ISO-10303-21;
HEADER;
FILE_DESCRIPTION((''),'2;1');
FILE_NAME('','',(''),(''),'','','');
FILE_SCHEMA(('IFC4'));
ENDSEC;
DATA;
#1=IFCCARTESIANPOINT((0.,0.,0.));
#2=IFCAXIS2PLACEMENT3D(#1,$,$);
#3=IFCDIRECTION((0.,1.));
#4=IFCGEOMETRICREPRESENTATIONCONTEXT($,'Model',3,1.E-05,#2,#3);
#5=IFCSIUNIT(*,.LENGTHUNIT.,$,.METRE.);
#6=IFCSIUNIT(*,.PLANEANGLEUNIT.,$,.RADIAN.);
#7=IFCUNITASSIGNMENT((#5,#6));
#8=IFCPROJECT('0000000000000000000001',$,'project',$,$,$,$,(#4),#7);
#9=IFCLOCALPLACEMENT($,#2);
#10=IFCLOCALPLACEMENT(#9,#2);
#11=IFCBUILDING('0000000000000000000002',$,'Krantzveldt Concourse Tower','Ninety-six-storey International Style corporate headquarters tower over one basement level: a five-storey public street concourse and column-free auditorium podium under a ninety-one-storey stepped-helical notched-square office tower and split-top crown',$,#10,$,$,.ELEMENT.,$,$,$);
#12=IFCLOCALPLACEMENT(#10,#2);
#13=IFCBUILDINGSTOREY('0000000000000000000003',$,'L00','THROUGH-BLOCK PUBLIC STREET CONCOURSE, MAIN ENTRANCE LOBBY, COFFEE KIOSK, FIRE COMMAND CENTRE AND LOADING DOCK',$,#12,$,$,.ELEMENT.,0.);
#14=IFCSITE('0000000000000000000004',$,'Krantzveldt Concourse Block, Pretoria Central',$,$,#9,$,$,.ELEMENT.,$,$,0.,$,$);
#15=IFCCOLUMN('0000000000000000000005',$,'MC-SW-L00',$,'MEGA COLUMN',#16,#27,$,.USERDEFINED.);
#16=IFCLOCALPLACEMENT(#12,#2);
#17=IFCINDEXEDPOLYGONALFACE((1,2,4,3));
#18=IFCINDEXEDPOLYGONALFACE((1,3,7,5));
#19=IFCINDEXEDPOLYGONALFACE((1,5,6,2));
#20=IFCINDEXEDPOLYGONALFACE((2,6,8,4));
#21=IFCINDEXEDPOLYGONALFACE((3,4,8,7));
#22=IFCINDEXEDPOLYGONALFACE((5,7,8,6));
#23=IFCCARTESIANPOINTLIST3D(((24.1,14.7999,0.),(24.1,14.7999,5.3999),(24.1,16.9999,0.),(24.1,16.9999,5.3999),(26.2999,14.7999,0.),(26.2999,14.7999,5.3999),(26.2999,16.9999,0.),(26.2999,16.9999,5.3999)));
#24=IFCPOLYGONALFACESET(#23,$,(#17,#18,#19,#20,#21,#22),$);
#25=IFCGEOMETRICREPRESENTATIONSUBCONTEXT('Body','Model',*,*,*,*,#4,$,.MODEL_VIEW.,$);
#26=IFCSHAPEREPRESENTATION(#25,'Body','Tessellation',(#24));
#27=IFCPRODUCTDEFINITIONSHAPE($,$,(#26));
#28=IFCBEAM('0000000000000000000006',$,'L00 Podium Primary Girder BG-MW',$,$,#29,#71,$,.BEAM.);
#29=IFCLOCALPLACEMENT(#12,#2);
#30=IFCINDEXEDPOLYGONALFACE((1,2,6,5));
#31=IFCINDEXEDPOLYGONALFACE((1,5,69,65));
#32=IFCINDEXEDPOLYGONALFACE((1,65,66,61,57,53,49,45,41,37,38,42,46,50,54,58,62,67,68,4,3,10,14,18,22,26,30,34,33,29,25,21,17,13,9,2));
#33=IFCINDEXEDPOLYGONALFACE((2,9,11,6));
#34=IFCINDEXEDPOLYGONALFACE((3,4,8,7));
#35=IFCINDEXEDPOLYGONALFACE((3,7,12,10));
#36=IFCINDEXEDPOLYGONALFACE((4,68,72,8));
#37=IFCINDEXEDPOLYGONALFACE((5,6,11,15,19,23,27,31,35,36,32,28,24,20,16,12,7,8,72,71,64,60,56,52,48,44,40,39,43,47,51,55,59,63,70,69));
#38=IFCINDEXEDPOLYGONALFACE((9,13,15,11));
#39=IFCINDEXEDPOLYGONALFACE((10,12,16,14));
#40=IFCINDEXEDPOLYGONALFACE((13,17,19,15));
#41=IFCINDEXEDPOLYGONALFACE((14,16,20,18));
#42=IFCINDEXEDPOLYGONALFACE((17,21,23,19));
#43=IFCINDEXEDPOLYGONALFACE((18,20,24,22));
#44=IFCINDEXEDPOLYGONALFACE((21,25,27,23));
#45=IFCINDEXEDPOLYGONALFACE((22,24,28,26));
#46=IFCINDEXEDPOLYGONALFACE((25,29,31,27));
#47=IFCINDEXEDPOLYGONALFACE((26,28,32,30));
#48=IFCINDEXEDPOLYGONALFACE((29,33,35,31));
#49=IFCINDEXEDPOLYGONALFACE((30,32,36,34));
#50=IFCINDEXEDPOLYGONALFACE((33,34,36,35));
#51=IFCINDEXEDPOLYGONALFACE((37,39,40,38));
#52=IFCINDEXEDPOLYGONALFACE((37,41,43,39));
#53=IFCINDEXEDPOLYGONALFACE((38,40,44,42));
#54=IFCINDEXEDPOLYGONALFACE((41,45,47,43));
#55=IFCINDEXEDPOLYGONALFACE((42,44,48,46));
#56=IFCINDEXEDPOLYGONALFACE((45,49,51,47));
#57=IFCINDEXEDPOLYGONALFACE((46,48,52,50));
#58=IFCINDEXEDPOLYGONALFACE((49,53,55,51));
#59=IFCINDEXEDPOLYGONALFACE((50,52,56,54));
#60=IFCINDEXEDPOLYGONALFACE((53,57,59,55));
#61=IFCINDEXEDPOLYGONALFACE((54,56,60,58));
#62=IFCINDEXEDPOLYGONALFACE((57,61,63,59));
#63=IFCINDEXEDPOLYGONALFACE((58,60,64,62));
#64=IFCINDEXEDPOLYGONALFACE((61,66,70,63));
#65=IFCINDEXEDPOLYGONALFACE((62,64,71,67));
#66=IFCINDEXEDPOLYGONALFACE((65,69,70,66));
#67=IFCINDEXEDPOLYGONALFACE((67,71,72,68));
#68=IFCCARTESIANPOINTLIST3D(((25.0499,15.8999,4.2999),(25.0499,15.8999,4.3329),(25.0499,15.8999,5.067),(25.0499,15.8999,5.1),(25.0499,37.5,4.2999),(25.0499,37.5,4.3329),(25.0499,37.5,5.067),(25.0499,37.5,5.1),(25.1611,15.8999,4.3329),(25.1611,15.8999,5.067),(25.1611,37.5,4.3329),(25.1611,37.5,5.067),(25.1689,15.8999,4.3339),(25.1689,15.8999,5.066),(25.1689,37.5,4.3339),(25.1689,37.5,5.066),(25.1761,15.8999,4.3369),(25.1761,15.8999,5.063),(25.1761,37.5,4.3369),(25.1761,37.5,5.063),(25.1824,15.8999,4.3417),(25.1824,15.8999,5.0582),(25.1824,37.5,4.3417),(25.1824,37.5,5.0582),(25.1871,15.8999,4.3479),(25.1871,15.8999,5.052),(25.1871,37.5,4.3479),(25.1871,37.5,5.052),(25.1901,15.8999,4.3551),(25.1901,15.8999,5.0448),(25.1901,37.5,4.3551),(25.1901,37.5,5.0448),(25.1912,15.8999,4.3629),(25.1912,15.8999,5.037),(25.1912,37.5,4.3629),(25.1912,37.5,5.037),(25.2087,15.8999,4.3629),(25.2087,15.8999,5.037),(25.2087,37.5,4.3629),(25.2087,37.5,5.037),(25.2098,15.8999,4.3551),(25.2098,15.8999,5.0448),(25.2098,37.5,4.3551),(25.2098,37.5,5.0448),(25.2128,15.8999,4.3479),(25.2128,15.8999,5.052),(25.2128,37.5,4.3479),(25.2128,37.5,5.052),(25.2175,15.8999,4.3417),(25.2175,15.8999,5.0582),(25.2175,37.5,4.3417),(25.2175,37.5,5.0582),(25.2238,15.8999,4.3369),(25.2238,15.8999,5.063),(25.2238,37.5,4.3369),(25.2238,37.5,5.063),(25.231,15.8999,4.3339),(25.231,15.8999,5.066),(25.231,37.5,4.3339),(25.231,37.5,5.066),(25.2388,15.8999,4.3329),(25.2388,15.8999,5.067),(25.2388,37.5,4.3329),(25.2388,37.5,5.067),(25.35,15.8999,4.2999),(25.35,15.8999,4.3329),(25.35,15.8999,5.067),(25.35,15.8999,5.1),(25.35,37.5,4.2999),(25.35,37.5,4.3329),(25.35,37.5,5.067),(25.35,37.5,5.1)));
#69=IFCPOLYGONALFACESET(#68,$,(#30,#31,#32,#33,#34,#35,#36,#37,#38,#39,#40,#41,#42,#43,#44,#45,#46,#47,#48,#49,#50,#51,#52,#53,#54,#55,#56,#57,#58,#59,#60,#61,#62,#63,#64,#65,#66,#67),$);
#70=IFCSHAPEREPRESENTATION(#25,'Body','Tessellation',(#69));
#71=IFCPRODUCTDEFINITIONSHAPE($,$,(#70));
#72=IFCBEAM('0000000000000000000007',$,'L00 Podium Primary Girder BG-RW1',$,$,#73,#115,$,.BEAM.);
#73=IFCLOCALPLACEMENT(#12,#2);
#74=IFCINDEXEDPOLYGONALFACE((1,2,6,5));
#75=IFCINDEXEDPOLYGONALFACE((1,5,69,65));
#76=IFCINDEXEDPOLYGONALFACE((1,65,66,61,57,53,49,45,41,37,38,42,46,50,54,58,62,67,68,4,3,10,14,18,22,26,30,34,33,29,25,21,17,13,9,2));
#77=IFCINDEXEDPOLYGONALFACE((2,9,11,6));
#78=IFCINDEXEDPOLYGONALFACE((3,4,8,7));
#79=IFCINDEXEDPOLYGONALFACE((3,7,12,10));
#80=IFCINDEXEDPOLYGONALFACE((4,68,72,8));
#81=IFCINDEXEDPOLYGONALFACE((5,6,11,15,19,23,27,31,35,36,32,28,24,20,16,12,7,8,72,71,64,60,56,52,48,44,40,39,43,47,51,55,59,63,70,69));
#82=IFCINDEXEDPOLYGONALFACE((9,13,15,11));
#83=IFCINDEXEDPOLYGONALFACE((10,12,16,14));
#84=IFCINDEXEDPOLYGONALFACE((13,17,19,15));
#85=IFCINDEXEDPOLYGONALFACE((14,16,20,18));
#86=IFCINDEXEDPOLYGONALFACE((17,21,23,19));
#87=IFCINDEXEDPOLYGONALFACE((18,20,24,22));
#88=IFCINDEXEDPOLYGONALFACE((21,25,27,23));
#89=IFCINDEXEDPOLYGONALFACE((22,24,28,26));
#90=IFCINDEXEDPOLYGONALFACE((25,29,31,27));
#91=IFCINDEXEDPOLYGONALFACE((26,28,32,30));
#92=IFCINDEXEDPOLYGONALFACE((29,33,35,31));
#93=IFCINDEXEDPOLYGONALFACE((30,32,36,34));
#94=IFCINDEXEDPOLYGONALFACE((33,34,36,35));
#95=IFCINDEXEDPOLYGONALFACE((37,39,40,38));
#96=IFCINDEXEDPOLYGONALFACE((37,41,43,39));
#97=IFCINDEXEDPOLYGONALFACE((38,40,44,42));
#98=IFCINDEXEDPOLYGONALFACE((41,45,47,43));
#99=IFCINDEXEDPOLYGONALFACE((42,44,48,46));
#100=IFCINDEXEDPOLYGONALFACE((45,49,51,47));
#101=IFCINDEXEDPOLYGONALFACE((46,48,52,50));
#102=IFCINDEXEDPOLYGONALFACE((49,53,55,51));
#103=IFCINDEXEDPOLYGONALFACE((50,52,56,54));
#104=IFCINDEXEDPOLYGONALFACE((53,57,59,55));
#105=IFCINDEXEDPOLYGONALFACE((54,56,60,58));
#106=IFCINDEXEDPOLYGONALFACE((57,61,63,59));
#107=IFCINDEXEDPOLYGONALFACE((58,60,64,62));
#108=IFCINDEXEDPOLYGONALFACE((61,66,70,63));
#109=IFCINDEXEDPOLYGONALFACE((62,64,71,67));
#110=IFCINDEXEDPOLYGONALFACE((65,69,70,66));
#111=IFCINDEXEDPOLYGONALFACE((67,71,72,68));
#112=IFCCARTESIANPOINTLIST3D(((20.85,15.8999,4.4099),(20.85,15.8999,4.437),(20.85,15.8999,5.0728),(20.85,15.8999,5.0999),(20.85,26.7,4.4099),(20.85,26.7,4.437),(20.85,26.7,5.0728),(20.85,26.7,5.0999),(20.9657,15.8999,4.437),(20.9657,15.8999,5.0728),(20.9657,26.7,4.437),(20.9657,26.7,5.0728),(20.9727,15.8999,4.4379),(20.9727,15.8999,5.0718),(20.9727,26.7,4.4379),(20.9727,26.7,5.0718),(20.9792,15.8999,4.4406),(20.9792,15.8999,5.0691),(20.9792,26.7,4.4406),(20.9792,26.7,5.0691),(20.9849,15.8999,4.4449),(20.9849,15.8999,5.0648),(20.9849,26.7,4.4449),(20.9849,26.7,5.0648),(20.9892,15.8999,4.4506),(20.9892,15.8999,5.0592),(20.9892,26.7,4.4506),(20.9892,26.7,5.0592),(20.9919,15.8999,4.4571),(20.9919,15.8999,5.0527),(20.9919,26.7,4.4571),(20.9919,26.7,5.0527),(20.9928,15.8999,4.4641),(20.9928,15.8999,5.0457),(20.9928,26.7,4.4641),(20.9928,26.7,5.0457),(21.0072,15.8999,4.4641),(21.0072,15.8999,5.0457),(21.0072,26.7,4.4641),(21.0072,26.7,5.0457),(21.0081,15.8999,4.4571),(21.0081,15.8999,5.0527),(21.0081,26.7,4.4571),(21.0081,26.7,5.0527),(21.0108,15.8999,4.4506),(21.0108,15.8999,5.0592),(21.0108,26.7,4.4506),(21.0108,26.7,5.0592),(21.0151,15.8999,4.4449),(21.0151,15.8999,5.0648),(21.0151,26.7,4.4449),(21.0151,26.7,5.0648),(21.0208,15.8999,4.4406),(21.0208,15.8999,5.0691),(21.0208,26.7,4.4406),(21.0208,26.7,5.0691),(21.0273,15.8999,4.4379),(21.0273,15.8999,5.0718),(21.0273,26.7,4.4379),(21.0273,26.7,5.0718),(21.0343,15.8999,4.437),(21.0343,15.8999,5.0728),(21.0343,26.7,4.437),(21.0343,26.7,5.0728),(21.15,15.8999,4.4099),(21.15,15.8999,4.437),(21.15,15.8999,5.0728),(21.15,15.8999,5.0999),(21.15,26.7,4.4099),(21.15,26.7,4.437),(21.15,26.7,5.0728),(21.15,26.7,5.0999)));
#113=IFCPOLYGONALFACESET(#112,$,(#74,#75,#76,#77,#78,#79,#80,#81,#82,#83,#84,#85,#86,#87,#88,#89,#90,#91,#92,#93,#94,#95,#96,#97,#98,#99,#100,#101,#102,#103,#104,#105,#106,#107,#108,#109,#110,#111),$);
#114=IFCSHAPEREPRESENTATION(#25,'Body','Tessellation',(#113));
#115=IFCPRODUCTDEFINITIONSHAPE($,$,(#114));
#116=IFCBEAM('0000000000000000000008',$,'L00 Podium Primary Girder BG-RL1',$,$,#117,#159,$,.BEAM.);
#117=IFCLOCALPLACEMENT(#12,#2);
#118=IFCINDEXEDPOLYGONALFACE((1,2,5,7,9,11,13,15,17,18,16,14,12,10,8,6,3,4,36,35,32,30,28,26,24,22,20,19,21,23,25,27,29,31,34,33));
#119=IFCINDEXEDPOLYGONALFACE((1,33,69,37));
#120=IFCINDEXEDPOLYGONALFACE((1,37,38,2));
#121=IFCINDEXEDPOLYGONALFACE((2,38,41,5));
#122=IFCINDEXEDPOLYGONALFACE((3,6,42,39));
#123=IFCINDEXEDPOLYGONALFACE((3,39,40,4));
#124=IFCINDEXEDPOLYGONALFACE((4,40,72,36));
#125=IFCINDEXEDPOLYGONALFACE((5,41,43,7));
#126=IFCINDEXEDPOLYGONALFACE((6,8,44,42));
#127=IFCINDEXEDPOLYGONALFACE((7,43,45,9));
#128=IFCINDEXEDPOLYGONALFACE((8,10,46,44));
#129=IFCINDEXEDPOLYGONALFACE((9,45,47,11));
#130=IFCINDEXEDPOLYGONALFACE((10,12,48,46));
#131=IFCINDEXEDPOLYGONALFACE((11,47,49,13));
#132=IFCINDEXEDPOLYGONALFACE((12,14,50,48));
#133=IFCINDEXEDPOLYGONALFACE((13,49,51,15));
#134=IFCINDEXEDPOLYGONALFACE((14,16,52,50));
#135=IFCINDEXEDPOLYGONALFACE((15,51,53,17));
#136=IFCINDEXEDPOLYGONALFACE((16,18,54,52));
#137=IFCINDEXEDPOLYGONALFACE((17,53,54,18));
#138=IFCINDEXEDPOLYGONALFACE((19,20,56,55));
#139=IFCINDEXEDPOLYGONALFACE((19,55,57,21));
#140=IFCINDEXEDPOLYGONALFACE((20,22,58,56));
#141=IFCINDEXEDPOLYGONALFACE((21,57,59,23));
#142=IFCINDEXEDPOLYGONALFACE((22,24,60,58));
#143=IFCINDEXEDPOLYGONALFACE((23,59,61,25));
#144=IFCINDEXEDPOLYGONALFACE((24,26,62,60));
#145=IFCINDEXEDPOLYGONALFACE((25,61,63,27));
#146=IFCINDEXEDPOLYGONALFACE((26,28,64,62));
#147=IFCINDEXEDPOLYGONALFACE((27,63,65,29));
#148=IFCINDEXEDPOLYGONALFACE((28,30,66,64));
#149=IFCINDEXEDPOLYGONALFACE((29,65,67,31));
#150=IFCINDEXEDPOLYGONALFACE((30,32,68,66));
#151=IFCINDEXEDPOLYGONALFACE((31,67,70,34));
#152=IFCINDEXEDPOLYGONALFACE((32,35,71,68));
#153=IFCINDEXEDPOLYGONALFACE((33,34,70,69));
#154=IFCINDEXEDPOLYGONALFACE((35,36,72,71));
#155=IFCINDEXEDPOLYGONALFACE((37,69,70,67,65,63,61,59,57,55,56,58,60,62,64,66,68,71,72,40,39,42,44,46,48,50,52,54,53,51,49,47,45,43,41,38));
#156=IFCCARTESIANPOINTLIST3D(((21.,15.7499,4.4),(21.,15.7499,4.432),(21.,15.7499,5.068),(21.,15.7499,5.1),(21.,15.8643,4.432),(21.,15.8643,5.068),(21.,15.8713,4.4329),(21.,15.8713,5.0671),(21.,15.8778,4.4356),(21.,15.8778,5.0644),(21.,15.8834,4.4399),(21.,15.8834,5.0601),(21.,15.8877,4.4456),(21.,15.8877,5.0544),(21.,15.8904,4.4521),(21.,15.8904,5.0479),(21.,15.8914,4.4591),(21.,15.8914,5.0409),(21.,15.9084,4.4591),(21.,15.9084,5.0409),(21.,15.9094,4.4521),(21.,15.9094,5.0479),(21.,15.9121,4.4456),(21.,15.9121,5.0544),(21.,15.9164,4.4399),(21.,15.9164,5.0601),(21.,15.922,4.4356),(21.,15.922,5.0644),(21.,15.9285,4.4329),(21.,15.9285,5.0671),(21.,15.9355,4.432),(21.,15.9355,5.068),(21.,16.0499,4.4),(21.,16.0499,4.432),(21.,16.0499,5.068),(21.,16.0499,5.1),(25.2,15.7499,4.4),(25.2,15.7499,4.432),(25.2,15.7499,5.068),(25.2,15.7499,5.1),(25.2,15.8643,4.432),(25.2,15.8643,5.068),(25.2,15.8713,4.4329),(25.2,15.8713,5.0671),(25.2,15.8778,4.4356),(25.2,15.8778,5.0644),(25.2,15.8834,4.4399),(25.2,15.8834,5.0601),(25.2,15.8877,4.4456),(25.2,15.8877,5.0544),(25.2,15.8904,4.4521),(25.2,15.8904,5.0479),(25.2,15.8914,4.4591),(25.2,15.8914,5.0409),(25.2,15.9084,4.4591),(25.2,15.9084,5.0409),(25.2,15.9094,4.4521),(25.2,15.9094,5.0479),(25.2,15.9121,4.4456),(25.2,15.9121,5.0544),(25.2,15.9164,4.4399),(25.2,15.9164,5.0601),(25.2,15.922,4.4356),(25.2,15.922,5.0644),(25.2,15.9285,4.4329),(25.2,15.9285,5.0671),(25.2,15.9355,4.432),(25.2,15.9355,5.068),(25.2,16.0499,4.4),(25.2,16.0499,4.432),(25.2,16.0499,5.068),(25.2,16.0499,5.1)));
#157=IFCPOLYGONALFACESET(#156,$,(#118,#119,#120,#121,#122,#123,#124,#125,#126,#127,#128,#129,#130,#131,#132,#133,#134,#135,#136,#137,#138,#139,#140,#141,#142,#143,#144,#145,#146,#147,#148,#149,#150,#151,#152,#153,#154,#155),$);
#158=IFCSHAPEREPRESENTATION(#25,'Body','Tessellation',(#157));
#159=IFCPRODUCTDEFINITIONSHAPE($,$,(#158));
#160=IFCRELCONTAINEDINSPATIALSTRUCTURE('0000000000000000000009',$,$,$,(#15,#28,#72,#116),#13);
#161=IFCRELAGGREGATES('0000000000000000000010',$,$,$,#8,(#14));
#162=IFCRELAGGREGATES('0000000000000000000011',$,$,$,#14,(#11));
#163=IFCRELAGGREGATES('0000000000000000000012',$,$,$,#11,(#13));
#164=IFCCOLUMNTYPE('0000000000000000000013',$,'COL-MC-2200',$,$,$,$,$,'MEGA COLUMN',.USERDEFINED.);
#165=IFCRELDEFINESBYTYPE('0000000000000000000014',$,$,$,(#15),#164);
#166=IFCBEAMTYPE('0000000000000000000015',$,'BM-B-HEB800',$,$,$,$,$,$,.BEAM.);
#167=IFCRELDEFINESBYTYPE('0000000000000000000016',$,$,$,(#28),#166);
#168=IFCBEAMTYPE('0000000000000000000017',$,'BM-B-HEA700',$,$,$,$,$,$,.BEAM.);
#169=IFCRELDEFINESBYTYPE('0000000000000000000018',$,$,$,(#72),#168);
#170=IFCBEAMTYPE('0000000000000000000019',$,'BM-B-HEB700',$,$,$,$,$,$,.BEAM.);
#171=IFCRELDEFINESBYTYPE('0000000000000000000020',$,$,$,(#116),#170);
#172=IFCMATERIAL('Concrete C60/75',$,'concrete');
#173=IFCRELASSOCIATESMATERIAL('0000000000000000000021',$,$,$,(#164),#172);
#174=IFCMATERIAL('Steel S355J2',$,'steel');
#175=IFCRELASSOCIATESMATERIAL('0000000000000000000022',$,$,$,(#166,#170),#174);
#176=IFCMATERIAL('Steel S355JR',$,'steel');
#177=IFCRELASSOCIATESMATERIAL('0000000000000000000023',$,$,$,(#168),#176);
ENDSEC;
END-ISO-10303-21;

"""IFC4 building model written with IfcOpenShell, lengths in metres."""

from ifc_helpers import new_model, si_unit, direction, frame, origin, origin_2d, place, context, subcontext, project, spatial, rectangle, i_section, extrude, source, transform, mapped, material, material_profile, profile_set, type_object, type_shapes, element, save


model = new_model("IFC4")

# Units and contexts
model_context = context("Model", 3, precision=1e-05, world=origin(), true_north=direction((0.0, 1.0)))
body_context = subcontext(model_context, "Body", "Model", "MODEL_VIEW")
ifc_project = project(units=[si_unit("LENGTHUNIT", "METRE"), si_unit("PLANEANGLEUNIT", "RADIAN")], contexts=[model_context])

# Site, building, storey
site_placement = place(None, origin())
site = spatial("IfcSite", under=ifc_project, at=site_placement, Name="Krantzveldt Concourse Block, Pretoria Central", CompositionType="ELEMENT", RefElevation=0.0)
building_placement = place(site_placement, origin())
building = spatial("IfcBuilding", under=site, at=building_placement, Name="Krantzveldt Concourse Tower", Description="Ninety-six-storey International Style corporate headquarters tower over one basement level: a five-storey public street concourse and column-free auditorium podium under a ninety-one-storey stepped-helical notched-square office tower and split-top crown", CompositionType="ELEMENT")
storey_placement = place(building_placement, origin())
storey = spatial("IfcBuildingStorey", under=building, at=storey_placement, Name="L00", Description="THROUGH-BLOCK PUBLIC STREET CONCOURSE, MAIN ENTRANCE LOBBY, COFFEE KIOSK, FIRE COMMAND CENTRE AND LOADING DOCK", CompositionType="ELEMENT", Elevation=0.0)

# Column
ifc_material_1 = material(Name="Concrete C60/75", Category="concrete")
ifc_material_profile_1 = material_profile(ifc_material_1, rectangle(XDim=2.2, YDim=2.2, at=origin_2d()), Name="Concrete C60/75", Category="concrete")
ifc_profile_set_1 = profile_set([ifc_material_profile_1], Name="Concrete C60/75 - RC 2200x2200")
column_type = type_object("IfcColumnType", Name="COL-MC-2200", ElementType="MEGA COLUMN", PredefinedType="USERDEFINED", material=ifc_profile_set_1)
shared_shape_1 = source(origin(), body_context, "Body", "SweptSolid", [
    extrude(rectangle(XDim=2.2, YDim=2.2, at=origin_2d()), origin(), (0.0, 0.0, 1.0), 5.3999),
])
type_shapes(column_type, [shared_shape_1])
column_placement = place(storey_placement, frame((25.2, 15.8999, 0.0), z_axis=(0.0, 0.0, 1.0), x_axis=(1.0, 0.0, 0.0)))
element("IfcColumn", 1, at=column_placement, inside=storey, type_object=column_type, Name="MC-SW-L00", ObjectType="MEGA COLUMN", PredefinedType="USERDEFINED", context=body_context, shape_type="MappedRepresentation", body=[
    mapped(shared_shape_1, transform((0.0, 0.0, 0.0), x_axis=(1.0, 0.0, 0.0), y_axis=(0.0, 1.0, 0.0), z_axis=(0.0, 0.0, 1.0), scale=1.0)),
])

# Beams
ifc_material_2 = material(Name="Steel S355J2", Category="steel")
ifc_material_profile_2 = material_profile(ifc_material_2, i_section(OverallWidth=0.3, OverallDepth=0.8, WebThickness=0.0176, FlangeThickness=0.033, FilletRadius=0.03, at=origin_2d()), Name="Steel S355J2", Category="steel")
ifc_profile_set_2 = profile_set([ifc_material_profile_2], Name="Steel S355J2 - HEB 800")
beam_type_1 = type_object("IfcBeamType", Name="BM-B-HEB800", PredefinedType="BEAM", material=ifc_profile_set_2)
shared_shape_2 = source(origin(), body_context, "Body", "SweptSolid", [
    extrude(i_section(OverallWidth=0.3, OverallDepth=0.8, WebThickness=0.0176, FlangeThickness=0.033, FilletRadius=0.03, at=origin_2d()), origin(), (0.0, 0.0, 1.0), 21.6001),
])
type_shapes(beam_type_1, [shared_shape_2])
beam_1_placement = place(storey_placement, frame((25.2, 15.8999, 4.7), z_axis=(0.0, 1.0, 0.0), x_axis=(-1.0, 0.0, 0.0)))
element("IfcBeam", 2, at=beam_1_placement, inside=storey, type_object=beam_type_1, Name="L00 Podium Primary Girder BG-MW", PredefinedType="BEAM", context=body_context, shape_type="MappedRepresentation", body=[
    mapped(shared_shape_2, transform((0.0, 0.0, 0.0), x_axis=(1.0, 0.0, 0.0), y_axis=(0.0, 1.0, 0.0), z_axis=(0.0, 0.0, 1.0), scale=1.0)),
])
ifc_material_3 = material(Name="Steel S355JR", Category="steel")
ifc_material_profile_3 = material_profile(ifc_material_3, i_section(OverallWidth=0.3, OverallDepth=0.6899, WebThickness=0.0144, FlangeThickness=0.0271, FilletRadius=0.0271, at=origin_2d()), Name="Steel S355JR", Category="steel")
ifc_profile_set_3 = profile_set([ifc_material_profile_3], Name="Steel S355JR - HEA 700")
beam_type_2 = type_object("IfcBeamType", Name="BM-B-HEA700", PredefinedType="BEAM", material=ifc_profile_set_3)
shared_shape_3 = source(origin(), body_context, "Body", "SweptSolid", [
    extrude(i_section(OverallWidth=0.3, OverallDepth=0.6899, WebThickness=0.0144, FlangeThickness=0.0271, FilletRadius=0.0271, at=origin_2d()), origin(), (0.0, 0.0, 1.0), 10.8),
])
type_shapes(beam_type_2, [shared_shape_3])
beam_2_placement = place(storey_placement, frame((21.0, 15.8999, 4.7549), z_axis=(0.0, 1.0, 0.0), x_axis=(-1.0, 0.0, 0.0)))
element("IfcBeam", 3, at=beam_2_placement, inside=storey, type_object=beam_type_2, Name="L00 Podium Primary Girder BG-RW1", PredefinedType="BEAM", context=body_context, shape_type="MappedRepresentation", body=[
    mapped(shared_shape_3, transform((0.0, 0.0, 0.0), x_axis=(1.0, 0.0, 0.0), y_axis=(0.0, 1.0, 0.0), z_axis=(0.0, 0.0, 1.0), scale=1.0)),
])
ifc_material_profile_4 = material_profile(ifc_material_2, i_section(OverallWidth=0.3, OverallDepth=0.7, WebThickness=0.0171, FlangeThickness=0.032, FilletRadius=0.0271, at=origin_2d()), Name="Steel S355J2", Category="steel")
ifc_profile_set_4 = profile_set([ifc_material_profile_4], Name="Steel S355J2 - HEB 700")
beam_type_3 = type_object("IfcBeamType", Name="BM-B-HEB700", PredefinedType="BEAM", material=ifc_profile_set_4)
shared_shape_4 = source(origin(), body_context, "Body", "SweptSolid", [
    extrude(i_section(OverallWidth=0.3, OverallDepth=0.7, WebThickness=0.0171, FlangeThickness=0.032, FilletRadius=0.0271, at=origin_2d()), origin(), (0.0, 0.0, 1.0), 4.2),
])
beam_3_placement = place(storey_placement, frame((21.0, 15.8999, 4.75), z_axis=(1.0, 0.0, 0.0), x_axis=(0.0, 1.0, 0.0)))
element("IfcBeam", 4, at=beam_3_placement, inside=storey, type_object=beam_type_3, Name="L00 Podium Primary Girder BG-RL1", PredefinedType="BEAM", context=body_context, shape_type="MappedRepresentation", body=[
    mapped(shared_shape_4, transform((0.0, 0.0, 0.0), x_axis=(1.0, 0.0, 0.0), y_axis=(0.0, 1.0, 0.0), z_axis=(0.0, 0.0, 1.0), scale=1.0)),
])

save(model, "model.ifc")
